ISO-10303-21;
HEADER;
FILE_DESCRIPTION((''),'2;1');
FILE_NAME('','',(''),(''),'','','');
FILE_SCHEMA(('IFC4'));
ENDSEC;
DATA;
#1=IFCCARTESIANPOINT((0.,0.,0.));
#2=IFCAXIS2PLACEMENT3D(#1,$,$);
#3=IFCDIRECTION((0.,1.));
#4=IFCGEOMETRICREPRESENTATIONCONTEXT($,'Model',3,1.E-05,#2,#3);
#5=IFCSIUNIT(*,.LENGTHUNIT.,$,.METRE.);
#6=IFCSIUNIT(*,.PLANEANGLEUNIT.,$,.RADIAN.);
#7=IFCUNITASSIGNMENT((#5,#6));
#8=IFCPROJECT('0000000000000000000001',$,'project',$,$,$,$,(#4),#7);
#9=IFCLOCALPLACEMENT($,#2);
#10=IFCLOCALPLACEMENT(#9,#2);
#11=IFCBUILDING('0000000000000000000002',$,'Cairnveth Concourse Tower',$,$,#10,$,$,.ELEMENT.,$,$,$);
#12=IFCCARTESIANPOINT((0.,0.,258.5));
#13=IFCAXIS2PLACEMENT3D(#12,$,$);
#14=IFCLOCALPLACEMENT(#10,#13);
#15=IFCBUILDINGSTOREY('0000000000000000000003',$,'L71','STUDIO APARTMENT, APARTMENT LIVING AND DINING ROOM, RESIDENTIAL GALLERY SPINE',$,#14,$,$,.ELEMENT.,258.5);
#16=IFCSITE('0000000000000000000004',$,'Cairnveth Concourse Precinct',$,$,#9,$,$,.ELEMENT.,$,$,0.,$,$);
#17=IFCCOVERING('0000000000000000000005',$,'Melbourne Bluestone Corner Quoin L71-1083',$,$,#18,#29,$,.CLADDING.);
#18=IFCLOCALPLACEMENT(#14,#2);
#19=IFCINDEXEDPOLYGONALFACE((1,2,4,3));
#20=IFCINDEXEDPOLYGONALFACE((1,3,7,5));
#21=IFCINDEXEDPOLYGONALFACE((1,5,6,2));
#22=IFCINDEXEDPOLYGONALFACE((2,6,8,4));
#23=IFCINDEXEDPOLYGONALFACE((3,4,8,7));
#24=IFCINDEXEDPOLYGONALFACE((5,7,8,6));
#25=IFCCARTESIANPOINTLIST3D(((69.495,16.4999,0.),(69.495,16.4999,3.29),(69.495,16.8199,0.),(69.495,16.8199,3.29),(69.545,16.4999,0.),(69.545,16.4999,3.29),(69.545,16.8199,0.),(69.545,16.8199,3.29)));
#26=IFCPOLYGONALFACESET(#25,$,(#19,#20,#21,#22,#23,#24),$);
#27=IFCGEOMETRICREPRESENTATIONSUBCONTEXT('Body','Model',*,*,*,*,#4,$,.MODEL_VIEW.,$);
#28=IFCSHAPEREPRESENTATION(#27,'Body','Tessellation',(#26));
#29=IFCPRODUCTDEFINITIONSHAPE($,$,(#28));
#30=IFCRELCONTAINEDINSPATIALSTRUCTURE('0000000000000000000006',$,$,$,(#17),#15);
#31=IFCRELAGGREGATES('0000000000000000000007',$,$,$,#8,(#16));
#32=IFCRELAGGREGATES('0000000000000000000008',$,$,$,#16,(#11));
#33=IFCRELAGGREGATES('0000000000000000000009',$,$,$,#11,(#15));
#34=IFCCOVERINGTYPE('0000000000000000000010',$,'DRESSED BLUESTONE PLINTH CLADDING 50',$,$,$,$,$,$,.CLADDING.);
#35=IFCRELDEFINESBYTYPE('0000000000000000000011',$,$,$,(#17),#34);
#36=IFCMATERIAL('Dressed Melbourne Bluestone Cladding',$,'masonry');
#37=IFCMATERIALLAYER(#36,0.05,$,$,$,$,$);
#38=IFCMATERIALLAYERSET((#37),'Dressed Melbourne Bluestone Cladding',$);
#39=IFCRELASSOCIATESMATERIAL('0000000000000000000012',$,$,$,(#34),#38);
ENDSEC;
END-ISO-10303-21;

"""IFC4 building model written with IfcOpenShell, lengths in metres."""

from ifc_helpers import new_model, si_unit, direction, frame, frame_2d, origin, place, context, subcontext, project, spatial, rectangle, extrude, material, layer, layer_set, type_object, element, save


model = new_model("IFC4")

# Units and contexts
model_context = context("Model", 3, precision=1e-05, world=origin(), true_north=direction((0.0, 1.0)))
body_context = subcontext(model_context, "Body", "Model", "MODEL_VIEW")
ifc_project = project(units=[si_unit("LENGTHUNIT", "METRE"), si_unit("PLANEANGLEUNIT", "RADIAN")], contexts=[model_context])

# Site, building, storey
site_placement = place(None, origin())
site = spatial("IfcSite", under=ifc_project, at=site_placement, Name="Cairnveth Concourse Precinct", CompositionType="ELEMENT", RefElevation=0.0)
building_placement = place(site_placement, origin())
building = spatial("IfcBuilding", under=site, at=building_placement, Name="Cairnveth Concourse Tower", CompositionType="ELEMENT")
storey_placement = place(building_placement, frame((0.0, 0.0, 258.5)))
storey = spatial("IfcBuildingStorey", under=building, at=storey_placement, Name="L71", Description="STUDIO APARTMENT, APARTMENT LIVING AND DINING ROOM, RESIDENTIAL GALLERY SPINE", CompositionType="ELEMENT", Elevation=258.5)

# Covering
ifc_material_1 = material(Name="Dressed Melbourne Bluestone Cladding", Category="masonry")
ifc_layer_1 = layer(ifc_material_1, 0.05)
ifc_layer_set_1 = layer_set([ifc_layer_1], Name="Dressed Melbourne Bluestone Cladding")
covering_type = type_object("IfcCoveringType", Name="DRESSED BLUESTONE PLINTH CLADDING 50", PredefinedType="CLADDING", material=ifc_layer_set_1)
for number, where, z_axis, x_axis, name in (
    (1, (69.52, 16.8201, 0.0), (0.0, 0.0, 1.0), (0.0, -1.0, 0.0), "Melbourne Bluestone Corner Quoin L71-1083"),
):
    element("IfcCovering", number, at=place(storey_placement, frame(where, z_axis=z_axis, x_axis=x_axis)), inside=storey, type_object=covering_type, Name=name, PredefinedType="CLADDING", context=body_context, shape_type="SweptSolid", body=[
        extrude(rectangle(XDim=0.3201, YDim=0.05, at=frame_2d((0.1602, 0.0))), origin(), (0.0, 0.0, 1.0), 3.29),
    ])

save(model, "model.ifc")
